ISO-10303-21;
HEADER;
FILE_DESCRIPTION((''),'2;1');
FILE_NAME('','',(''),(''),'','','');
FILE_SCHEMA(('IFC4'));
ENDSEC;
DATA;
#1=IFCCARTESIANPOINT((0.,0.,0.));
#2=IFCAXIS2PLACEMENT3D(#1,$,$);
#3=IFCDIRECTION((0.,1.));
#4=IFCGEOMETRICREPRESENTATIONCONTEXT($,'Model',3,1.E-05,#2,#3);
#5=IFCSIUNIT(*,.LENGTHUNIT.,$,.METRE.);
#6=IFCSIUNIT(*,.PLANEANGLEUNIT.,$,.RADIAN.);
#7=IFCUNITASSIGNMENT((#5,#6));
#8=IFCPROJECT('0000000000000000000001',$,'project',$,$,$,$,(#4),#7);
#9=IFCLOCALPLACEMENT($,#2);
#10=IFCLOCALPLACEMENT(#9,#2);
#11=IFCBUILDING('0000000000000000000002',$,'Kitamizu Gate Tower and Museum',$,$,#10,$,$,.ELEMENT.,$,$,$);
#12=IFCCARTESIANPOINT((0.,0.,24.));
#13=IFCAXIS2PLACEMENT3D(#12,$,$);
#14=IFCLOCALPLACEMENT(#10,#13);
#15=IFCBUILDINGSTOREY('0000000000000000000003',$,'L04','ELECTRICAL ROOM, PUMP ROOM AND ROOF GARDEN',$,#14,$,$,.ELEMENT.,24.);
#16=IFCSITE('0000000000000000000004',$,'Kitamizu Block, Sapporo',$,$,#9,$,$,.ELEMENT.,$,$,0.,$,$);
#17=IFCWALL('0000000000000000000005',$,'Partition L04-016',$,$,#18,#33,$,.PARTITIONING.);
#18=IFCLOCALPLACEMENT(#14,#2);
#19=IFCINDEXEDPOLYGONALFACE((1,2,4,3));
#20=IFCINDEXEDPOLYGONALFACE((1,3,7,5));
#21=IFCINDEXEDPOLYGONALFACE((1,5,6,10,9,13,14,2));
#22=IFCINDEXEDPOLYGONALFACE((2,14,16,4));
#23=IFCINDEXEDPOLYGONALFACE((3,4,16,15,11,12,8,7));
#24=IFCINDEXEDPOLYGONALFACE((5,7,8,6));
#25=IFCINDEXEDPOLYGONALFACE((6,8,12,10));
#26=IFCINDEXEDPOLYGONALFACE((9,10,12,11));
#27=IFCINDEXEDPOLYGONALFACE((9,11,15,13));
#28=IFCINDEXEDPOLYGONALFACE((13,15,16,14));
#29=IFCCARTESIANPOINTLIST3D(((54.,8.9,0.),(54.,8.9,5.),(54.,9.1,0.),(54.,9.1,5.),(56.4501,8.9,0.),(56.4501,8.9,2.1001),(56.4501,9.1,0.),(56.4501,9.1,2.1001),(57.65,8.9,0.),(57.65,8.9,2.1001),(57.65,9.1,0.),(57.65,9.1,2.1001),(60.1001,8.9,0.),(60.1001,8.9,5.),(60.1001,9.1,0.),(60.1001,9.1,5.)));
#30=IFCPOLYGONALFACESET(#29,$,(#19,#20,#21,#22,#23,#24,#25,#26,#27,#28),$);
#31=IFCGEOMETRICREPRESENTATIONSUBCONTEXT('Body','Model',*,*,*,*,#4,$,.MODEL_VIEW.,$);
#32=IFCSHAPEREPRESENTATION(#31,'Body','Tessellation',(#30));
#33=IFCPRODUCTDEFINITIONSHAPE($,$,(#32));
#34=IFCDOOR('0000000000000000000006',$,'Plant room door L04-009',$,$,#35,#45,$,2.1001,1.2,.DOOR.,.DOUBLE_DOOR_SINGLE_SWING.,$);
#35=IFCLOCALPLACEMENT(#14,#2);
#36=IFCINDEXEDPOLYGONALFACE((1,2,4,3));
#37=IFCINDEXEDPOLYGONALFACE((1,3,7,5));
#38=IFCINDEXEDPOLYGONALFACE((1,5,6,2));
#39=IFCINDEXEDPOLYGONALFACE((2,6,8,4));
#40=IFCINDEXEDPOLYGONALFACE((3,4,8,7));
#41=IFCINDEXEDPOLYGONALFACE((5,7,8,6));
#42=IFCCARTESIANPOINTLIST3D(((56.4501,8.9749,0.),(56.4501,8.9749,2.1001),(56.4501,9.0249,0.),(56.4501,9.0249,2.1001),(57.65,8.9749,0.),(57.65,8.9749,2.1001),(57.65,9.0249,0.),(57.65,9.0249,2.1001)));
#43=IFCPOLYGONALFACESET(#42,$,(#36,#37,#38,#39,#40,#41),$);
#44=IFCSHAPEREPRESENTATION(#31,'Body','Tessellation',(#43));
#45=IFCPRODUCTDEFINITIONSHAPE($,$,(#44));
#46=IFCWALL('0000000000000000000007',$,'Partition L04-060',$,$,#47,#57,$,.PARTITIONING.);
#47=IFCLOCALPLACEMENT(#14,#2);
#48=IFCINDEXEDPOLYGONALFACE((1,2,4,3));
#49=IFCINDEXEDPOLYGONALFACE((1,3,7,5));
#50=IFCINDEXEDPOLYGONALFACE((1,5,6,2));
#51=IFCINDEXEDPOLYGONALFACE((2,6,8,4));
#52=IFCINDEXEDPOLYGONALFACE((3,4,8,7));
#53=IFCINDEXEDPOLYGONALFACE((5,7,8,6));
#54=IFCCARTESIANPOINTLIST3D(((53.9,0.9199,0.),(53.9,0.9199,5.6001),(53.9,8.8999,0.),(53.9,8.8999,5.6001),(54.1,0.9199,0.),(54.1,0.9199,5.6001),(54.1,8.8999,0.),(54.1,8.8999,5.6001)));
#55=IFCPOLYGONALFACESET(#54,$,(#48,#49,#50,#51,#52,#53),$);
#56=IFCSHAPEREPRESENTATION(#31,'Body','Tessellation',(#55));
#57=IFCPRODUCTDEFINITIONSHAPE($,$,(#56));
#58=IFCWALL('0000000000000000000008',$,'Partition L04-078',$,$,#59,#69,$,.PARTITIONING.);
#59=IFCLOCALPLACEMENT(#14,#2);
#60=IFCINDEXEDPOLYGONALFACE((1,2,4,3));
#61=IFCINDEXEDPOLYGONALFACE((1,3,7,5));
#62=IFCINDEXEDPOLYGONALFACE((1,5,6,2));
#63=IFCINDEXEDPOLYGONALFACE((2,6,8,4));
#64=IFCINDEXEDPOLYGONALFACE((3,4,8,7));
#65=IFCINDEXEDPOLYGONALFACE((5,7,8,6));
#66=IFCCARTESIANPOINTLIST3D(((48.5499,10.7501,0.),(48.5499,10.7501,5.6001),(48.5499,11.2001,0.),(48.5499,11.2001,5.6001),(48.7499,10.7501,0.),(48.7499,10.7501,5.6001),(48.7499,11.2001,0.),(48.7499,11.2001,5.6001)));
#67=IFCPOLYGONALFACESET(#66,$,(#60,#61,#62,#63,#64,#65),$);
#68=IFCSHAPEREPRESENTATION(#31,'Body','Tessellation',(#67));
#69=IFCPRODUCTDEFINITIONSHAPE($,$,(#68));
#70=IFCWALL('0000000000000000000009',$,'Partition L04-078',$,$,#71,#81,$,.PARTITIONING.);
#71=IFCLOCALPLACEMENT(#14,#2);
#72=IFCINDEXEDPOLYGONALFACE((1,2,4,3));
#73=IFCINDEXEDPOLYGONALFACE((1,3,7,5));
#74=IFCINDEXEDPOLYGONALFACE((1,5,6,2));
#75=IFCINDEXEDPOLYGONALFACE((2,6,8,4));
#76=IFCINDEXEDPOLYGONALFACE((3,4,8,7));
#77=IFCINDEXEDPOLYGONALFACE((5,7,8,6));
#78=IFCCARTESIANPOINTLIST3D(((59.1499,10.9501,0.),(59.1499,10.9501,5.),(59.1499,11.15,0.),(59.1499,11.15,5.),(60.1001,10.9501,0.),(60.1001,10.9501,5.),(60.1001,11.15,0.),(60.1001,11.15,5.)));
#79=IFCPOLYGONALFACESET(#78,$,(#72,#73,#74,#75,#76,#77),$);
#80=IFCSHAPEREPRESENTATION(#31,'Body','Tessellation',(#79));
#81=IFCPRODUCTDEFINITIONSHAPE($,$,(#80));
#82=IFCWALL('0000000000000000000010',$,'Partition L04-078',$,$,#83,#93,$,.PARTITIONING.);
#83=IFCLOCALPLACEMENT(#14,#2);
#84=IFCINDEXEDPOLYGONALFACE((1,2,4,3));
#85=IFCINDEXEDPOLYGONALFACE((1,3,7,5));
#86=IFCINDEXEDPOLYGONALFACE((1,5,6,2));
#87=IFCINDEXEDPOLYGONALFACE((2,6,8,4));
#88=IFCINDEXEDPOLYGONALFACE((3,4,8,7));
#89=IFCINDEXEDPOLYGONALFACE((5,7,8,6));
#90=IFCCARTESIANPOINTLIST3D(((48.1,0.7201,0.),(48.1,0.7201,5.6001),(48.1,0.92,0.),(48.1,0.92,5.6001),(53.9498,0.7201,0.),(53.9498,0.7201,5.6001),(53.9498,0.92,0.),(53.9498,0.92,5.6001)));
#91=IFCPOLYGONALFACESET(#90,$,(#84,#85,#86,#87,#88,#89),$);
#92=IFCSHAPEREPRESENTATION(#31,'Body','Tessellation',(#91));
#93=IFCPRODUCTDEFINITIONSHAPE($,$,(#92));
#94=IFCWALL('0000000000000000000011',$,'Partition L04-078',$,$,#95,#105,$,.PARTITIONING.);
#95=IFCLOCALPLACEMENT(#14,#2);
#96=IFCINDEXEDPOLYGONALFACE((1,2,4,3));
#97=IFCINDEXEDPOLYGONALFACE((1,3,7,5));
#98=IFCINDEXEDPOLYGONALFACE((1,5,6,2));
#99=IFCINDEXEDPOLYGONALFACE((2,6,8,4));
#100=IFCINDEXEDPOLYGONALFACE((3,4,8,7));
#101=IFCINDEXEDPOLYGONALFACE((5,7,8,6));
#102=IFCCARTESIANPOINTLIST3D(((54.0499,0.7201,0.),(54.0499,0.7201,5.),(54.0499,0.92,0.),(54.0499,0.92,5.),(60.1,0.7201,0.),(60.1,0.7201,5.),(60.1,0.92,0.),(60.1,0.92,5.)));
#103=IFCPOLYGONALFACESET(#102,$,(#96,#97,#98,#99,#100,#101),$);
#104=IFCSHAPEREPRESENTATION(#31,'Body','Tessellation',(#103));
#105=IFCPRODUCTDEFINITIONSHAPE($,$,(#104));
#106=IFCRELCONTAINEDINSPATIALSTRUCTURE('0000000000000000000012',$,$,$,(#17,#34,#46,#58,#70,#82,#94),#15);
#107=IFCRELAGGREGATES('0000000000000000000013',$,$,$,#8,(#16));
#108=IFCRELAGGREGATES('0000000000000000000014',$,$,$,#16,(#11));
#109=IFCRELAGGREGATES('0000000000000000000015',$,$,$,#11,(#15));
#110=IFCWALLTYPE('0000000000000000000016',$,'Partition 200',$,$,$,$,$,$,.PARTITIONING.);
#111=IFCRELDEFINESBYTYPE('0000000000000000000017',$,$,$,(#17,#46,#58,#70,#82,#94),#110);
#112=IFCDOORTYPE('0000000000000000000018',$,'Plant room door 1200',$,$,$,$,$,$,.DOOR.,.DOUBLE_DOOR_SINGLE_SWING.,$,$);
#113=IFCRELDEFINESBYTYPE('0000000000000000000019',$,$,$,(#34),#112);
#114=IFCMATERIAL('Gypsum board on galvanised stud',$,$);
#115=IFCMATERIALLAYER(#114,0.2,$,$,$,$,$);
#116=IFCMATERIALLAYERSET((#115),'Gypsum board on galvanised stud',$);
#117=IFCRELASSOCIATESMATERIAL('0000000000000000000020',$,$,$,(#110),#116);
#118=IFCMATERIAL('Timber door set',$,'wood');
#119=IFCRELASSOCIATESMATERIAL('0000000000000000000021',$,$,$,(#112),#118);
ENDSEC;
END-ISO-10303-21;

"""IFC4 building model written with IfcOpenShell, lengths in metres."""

from ifc_helpers import new_model, si_unit, direction, frame, frame_2d, origin, place, context, subcontext, project, spatial, rectangle, extrude, material, layer, layer_set, type_object, element, fill, save


model = new_model("IFC4")

# Units and contexts
model_context = context("Model", 3, precision=1e-05, world=origin(), true_north=direction((0.0, 1.0)))
body_context = subcontext(model_context, "Body", "Model", "MODEL_VIEW")
ifc_project = project(units=[si_unit("LENGTHUNIT", "METRE"), si_unit("PLANEANGLEUNIT", "RADIAN")], contexts=[model_context])

# Site, building, storey
site_placement = place(None, origin())
site = spatial("IfcSite", under=ifc_project, at=site_placement, Name="Kitamizu Block, Sapporo", CompositionType="ELEMENT", RefElevation=0.0)
building_placement = place(site_placement, origin())
building = spatial("IfcBuilding", under=site, at=building_placement, Name="Kitamizu Gate Tower and Museum", CompositionType="ELEMENT")
storey_placement = place(building_placement, frame((0.0, 0.0, 24.0)))
storey = spatial("IfcBuildingStorey", under=building, at=storey_placement, Name="L04", Description="ELECTRICAL ROOM, PUMP ROOM AND ROOF GARDEN", CompositionType="ELEMENT", Elevation=24.0)

# Shared definitions
ifc_material_1 = material(Name="Gypsum board on galvanised stud")
ifc_layer_1 = layer(ifc_material_1, 0.2)
ifc_layer_set_1 = layer_set([ifc_layer_1], Name="Gypsum board on galvanised stud")
wall_type = type_object("IfcWallType", Name="Partition 200", PredefinedType="PARTITIONING", material=ifc_layer_set_1)

# Wall, opening, door
wall_1_placement = place(storey_placement, frame((54.0, 9.0, 0.0), z_axis=(0.0, 0.0, 1.0), x_axis=(1.0, 0.0, 0.0)))
wall_1 = element("IfcWall", 1, at=wall_1_placement, inside=storey, type_object=wall_type, Name="Partition L04-016", PredefinedType="PARTITIONING", context=body_context, shape_type="SweptSolid", body=[
    extrude(rectangle(XDim=6.1001, YDim=0.2, at=frame_2d((3.05, 0.0))), origin(), (0.0, 0.0, 1.0), 5.0),
])
opening_placement = place(wall_1_placement, frame((2.45, 0.0, 0.0)))
opening = element("IfcOpeningElement", 2, at=opening_placement, cuts=wall_1, PredefinedType="OPENING", context=body_context, shape_type="SweptSolid", body=[
    extrude(rectangle(XDim=1.2, YDim=2.1001, at=frame_2d((0.6001, 1.05))), frame((0.0, 0.1099, 0.0), z_axis=(0.0, -1.0, 0.0), x_axis=(1.0, 0.0, 0.0)), (0.0, 0.0, 1.0), 0.22),
])
ifc_material_2 = material(Name="Timber door set", Category="wood")
door_type = type_object("IfcDoorType", Name="Plant room door 1200", OperationType="DOUBLE_DOOR_SINGLE_SWING", PredefinedType="DOOR", material=ifc_material_2)
door_placement = place(opening_placement, origin())
door = element("IfcDoor", 3, at=door_placement, inside=storey, type_object=door_type, Name="Plant room door L04-009", OperationType="DOUBLE_DOOR_SINGLE_SWING", OverallHeight=2.1001, OverallWidth=1.2, PredefinedType="DOOR", context=body_context, shape_type="SweptSolid", body=[
    extrude(rectangle(XDim=1.2, YDim=2.1001, at=frame_2d((0.6001, 1.05))), frame((0.0, 0.0249, 0.0), z_axis=(0.0, -1.0, 0.0), x_axis=(1.0, 0.0, 0.0)), (0.0, 0.0, 1.0), 0.05),
])
fill(opening, door)

# Walls
wall_2_placement = place(storey_placement, frame((54.0, 0.9199, 0.0), z_axis=(0.0, 0.0, 1.0), x_axis=(0.0, 1.0, 0.0)))
element("IfcWall", 4, at=wall_2_placement, inside=storey, type_object=wall_type, Name="Partition L04-060", PredefinedType="PARTITIONING", context=body_context, shape_type="SweptSolid", body=[
    extrude(rectangle(XDim=7.98, YDim=0.2, at=frame_2d((3.99, 0.0))), origin(), (0.0, 0.0, 1.0), 5.6001),
])
wall_3_placement = place(storey_placement, frame((48.6499, 10.75, 0.0), z_axis=(0.0, 0.0, 1.0), x_axis=(0.0, 1.0, 0.0)))
element("IfcWall", 5, at=wall_3_placement, inside=storey, type_object=wall_type, Name="Partition L04-078", PredefinedType="PARTITIONING", context=body_context, shape_type="SweptSolid", body=[
    extrude(rectangle(XDim=0.45, YDim=0.2, at=frame_2d((0.2251, 0.0))), origin(), (0.0, 0.0, 1.0), 5.6001),
])
wall_4_placement = place(storey_placement, frame((59.1499, 11.05, 0.0), z_axis=(0.0, 0.0, 1.0), x_axis=(1.0, 0.0, 0.0)))
element("IfcWall", 6, at=wall_4_placement, inside=storey, type_object=wall_type, Name="Partition L04-078", PredefinedType="PARTITIONING", context=body_context, shape_type="SweptSolid", body=[
    extrude(rectangle(XDim=0.9502, YDim=0.2, at=frame_2d((0.4751, 0.0))), origin(), (0.0, 0.0, 1.0), 5.0),
])
wall_5_placement = place(storey_placement, frame((48.1001, 0.8201, 0.0), z_axis=(0.0, 0.0, 1.0), x_axis=(1.0, 0.0, 0.0)))
element("IfcWall", 7, at=wall_5_placement, inside=storey, type_object=wall_type, Name="Partition L04-078", PredefinedType="PARTITIONING", context=body_context, shape_type="SweptSolid", body=[
    extrude(rectangle(XDim=5.8499, YDim=0.2, at=frame_2d((2.9248, 0.0))), origin(), (0.0, 0.0, 1.0), 5.6001),
])
wall_6_placement = place(storey_placement, frame((54.05, 0.8201, 0.0), z_axis=(0.0, 0.0, 1.0), x_axis=(1.0, 0.0, 0.0)))
element("IfcWall", 8, at=wall_6_placement, inside=storey, type_object=wall_type, Name="Partition L04-078", PredefinedType="PARTITIONING", context=body_context, shape_type="SweptSolid", body=[
    extrude(rectangle(XDim=6.05, YDim=0.2, at=frame_2d((3.0249, 0.0))), origin(), (0.0, 0.0, 1.0), 5.0),
])

save(model, "model.ifc")
